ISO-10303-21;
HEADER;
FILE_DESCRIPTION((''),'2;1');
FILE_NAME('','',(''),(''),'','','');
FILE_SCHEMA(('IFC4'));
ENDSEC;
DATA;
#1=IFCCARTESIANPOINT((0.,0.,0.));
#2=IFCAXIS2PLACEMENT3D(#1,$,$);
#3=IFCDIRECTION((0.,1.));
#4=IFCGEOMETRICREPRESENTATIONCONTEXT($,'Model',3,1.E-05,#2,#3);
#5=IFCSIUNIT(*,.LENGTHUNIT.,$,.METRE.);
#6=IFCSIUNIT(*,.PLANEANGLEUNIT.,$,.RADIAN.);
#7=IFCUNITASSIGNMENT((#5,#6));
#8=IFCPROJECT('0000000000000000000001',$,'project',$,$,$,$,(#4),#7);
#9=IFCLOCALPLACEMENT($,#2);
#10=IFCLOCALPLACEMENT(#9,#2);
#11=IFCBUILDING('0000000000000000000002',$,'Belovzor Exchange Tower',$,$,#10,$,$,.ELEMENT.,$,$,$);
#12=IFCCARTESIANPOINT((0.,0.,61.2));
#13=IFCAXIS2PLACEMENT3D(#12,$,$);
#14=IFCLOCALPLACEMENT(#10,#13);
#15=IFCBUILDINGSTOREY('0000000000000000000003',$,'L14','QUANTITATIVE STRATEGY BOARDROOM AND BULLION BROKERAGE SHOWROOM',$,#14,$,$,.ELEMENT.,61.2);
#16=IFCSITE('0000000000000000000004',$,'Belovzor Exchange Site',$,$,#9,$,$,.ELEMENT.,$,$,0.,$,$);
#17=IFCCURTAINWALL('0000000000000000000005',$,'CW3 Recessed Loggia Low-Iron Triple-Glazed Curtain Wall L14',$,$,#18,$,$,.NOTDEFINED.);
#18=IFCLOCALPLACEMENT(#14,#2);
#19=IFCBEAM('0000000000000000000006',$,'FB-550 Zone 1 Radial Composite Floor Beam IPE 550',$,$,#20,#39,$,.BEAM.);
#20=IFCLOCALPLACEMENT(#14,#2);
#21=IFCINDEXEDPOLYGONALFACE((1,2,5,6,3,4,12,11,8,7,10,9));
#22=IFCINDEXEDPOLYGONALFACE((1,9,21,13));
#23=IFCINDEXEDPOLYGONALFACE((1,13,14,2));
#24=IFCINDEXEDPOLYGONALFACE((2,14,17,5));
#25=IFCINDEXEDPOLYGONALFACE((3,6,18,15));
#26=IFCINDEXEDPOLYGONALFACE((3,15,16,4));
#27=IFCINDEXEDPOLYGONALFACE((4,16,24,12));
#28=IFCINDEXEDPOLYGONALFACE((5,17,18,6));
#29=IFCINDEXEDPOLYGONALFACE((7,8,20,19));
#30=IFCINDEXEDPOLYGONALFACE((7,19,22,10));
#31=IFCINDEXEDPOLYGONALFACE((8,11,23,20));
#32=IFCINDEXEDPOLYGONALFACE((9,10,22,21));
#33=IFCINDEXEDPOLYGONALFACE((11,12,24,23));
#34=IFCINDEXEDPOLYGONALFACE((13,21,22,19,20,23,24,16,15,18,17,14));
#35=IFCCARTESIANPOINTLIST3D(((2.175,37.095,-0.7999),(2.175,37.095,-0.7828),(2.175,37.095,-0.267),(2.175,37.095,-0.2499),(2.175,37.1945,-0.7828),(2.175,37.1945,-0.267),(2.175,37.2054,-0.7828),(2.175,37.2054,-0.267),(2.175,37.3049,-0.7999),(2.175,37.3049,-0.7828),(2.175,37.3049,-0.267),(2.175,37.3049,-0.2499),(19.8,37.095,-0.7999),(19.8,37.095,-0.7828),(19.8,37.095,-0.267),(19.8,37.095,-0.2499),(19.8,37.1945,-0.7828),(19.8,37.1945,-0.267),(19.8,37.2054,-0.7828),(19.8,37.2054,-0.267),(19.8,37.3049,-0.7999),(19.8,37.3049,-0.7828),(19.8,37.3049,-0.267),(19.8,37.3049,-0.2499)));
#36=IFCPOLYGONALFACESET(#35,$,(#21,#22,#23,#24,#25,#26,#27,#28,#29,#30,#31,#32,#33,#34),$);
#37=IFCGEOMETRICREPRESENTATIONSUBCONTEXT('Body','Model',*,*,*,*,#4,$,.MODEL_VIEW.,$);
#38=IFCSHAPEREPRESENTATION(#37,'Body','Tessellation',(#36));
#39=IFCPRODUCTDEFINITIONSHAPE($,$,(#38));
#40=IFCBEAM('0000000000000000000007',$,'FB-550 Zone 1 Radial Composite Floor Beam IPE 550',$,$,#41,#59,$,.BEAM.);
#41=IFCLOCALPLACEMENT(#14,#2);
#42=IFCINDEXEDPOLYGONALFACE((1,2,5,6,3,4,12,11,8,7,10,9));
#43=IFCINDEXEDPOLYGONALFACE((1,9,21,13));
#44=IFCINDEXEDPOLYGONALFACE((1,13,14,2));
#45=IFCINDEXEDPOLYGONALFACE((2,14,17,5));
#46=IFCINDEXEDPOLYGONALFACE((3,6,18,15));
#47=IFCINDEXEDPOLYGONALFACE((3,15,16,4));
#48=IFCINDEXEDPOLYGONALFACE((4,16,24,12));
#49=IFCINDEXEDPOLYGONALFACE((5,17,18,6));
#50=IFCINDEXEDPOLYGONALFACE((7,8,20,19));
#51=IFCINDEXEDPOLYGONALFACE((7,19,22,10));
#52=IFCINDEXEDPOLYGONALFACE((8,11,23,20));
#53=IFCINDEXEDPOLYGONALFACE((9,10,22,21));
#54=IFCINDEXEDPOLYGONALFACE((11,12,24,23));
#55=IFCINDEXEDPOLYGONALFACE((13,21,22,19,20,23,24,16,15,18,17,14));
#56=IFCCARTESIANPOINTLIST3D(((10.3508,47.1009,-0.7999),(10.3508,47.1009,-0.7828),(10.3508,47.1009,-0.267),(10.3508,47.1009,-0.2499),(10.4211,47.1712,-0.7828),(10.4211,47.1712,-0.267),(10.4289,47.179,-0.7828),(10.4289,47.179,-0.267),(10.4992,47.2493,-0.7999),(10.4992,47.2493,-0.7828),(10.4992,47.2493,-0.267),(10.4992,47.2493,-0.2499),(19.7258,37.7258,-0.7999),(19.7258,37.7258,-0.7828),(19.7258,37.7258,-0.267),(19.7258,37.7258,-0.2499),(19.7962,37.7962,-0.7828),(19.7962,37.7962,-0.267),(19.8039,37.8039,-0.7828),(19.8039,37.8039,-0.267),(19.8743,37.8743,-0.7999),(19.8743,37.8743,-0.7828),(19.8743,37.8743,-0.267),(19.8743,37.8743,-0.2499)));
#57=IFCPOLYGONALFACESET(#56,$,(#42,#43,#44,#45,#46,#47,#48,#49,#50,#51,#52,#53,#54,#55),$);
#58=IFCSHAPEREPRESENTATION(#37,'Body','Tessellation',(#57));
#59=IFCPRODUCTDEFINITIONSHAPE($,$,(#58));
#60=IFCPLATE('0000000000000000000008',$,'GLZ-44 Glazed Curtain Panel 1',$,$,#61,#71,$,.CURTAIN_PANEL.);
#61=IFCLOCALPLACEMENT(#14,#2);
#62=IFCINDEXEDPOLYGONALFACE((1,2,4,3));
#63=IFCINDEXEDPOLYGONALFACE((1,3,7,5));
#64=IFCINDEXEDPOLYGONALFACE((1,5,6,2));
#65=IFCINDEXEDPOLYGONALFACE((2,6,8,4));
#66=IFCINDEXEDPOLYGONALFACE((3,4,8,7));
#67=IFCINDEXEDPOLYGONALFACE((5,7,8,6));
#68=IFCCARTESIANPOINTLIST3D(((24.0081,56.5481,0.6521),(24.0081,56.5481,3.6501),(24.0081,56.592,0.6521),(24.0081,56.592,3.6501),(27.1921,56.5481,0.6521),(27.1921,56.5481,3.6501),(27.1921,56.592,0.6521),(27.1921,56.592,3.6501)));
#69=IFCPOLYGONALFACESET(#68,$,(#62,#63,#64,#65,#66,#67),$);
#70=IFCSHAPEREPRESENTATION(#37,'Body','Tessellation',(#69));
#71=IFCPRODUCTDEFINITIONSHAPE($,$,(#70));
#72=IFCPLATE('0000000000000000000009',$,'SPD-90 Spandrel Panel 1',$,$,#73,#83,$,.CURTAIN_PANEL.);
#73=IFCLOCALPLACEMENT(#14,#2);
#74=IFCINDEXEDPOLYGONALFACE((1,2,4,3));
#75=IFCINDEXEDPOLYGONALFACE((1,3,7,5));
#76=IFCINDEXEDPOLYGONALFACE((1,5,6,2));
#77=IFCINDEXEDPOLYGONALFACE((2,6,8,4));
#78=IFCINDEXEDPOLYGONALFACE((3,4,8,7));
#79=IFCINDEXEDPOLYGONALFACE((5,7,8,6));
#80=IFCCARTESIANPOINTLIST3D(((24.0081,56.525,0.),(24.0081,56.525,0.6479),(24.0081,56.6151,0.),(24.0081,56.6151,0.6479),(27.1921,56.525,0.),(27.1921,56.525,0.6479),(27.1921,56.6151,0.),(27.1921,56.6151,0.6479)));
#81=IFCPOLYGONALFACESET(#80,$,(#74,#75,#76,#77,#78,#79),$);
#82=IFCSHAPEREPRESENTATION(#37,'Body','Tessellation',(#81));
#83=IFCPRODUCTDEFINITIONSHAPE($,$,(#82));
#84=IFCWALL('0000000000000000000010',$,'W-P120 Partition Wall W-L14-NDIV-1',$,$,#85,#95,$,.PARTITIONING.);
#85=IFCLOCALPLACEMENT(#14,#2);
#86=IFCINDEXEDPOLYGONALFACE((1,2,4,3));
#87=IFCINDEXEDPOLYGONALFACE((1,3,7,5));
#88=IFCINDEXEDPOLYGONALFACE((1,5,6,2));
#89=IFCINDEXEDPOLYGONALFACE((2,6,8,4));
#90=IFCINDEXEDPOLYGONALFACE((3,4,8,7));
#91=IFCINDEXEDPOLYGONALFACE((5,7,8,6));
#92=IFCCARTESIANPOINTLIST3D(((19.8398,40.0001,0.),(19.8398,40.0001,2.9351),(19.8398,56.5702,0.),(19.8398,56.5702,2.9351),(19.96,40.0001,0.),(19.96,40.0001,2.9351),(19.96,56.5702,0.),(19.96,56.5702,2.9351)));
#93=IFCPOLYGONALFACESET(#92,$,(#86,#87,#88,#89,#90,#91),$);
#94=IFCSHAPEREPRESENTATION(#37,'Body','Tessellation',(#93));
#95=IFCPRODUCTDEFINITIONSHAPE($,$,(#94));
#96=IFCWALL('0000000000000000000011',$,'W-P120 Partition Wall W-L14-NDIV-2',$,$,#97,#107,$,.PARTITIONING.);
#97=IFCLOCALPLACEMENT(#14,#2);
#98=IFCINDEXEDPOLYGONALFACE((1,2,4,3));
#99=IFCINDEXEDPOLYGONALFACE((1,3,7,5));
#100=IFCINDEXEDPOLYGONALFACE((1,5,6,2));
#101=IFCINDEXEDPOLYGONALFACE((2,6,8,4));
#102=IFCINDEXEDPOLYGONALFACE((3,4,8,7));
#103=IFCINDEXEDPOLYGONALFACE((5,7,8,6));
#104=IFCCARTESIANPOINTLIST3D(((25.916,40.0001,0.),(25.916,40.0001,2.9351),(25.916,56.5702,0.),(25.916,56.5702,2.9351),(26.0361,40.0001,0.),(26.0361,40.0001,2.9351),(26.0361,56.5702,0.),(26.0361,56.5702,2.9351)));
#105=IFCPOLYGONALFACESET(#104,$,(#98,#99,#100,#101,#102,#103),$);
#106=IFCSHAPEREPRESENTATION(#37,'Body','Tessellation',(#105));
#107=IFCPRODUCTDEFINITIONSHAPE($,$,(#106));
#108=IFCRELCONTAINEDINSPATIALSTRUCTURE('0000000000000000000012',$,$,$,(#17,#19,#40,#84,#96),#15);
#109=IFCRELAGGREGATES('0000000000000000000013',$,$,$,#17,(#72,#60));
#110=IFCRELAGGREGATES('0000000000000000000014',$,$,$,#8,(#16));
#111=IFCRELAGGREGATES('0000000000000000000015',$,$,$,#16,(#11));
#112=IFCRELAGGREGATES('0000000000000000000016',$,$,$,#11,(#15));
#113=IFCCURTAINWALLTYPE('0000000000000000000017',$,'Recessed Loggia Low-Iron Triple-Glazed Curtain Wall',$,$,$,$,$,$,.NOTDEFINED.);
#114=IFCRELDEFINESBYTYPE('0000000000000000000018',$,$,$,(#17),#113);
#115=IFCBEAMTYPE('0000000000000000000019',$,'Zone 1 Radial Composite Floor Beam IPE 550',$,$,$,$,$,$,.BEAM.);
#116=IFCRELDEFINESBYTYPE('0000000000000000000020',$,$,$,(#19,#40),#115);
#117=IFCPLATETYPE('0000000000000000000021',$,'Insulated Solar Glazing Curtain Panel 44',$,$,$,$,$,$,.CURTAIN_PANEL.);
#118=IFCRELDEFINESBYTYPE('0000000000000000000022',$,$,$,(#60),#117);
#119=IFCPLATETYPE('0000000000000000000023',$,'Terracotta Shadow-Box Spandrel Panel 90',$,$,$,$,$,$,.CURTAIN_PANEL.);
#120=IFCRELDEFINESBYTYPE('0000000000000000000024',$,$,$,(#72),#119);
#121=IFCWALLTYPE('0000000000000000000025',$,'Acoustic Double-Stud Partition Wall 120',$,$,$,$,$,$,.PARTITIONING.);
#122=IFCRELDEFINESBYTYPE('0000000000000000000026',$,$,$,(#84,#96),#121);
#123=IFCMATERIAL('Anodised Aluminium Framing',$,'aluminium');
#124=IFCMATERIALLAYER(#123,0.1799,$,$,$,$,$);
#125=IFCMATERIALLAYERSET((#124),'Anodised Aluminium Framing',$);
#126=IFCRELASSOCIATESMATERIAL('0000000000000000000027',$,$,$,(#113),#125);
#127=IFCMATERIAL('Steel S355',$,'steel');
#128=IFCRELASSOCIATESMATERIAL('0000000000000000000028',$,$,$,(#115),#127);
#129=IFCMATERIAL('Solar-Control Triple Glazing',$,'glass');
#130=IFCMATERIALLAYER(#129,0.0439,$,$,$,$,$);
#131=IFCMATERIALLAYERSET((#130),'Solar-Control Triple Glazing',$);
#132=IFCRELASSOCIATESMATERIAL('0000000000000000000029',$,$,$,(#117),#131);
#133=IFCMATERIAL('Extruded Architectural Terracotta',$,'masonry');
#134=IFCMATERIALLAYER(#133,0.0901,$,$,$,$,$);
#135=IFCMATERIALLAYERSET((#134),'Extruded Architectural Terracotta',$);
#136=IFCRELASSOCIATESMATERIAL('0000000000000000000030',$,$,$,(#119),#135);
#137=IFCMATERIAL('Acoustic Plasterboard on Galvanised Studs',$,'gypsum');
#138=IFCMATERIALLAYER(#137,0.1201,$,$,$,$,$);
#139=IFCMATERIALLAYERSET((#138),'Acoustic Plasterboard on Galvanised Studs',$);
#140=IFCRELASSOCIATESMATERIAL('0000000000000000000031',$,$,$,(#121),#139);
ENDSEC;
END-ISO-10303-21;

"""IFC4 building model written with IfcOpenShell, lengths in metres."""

from ifc_helpers import new_model, si_unit, direction, frame, frame_2d, origin, origin_2d, place, context, subcontext, project, spatial, rectangle, i_section, extrude, material, layer, layer_set, material_profile, profile_set, type_object, element, aggregate, save


model = new_model("IFC4")

# Units and contexts
model_context = context("Model", 3, precision=1e-05, world=origin(), true_north=direction((0.0, 1.0)))
body_context = subcontext(model_context, "Body", "Model", "MODEL_VIEW")
ifc_project = project(units=[si_unit("LENGTHUNIT", "METRE"), si_unit("PLANEANGLEUNIT", "RADIAN")], contexts=[model_context])

# Site, building, storey
site_placement = place(None, origin())
site = spatial("IfcSite", under=ifc_project, at=site_placement, Name="Belovzor Exchange Site", CompositionType="ELEMENT", RefElevation=0.0)
building_placement = place(site_placement, origin())
building = spatial("IfcBuilding", under=site, at=building_placement, Name="Belovzor Exchange Tower", CompositionType="ELEMENT")
storey_placement = place(building_placement, frame((0.0, 0.0, 61.2)))
storey = spatial("IfcBuildingStorey", under=building, at=storey_placement, Name="L14", Description="QUANTITATIVE STRATEGY BOARDROOM AND BULLION BROKERAGE SHOWROOM", CompositionType="ELEMENT", Elevation=61.2)

# Curtain wall
ifc_material_1 = material(Name="Anodised Aluminium Framing", Category="aluminium")
ifc_layer_1 = layer(ifc_material_1, 0.1799)
ifc_layer_set_1 = layer_set([ifc_layer_1], Name="Anodised Aluminium Framing")
curtain_wall_type = type_object("IfcCurtainWallType", Name="Recessed Loggia Low-Iron Triple-Glazed Curtain Wall", PredefinedType="NOTDEFINED", material=ifc_layer_set_1)
curtain_wall_placement = place(storey_placement, origin())
curtain_wall = element("IfcCurtainWall", 1, at=curtain_wall_placement, inside=storey, type_object=curtain_wall_type, Name="CW3 Recessed Loggia Low-Iron Triple-Glazed Curtain Wall L14", PredefinedType="NOTDEFINED")

# Beams
ifc_material_2 = material(Name="Steel S355", Category="steel")
ifc_material_profile_1 = material_profile(ifc_material_2, i_section(OverallWidth=0.21, OverallDepth=0.55, WebThickness=0.011, FlangeThickness=0.0171, at=origin_2d()))
ifc_profile_set_1 = profile_set([ifc_material_profile_1], Name="Steel S355")
beam_type_1 = type_object("IfcBeamType", Name="Zone 1 Radial Composite Floor Beam IPE 550", PredefinedType="BEAM", material=ifc_profile_set_1)
for number, where, z_axis, x_axis, name in (
    (2, (19.8, 37.2, -0.5249), (-1.0, 0.0, 0.0), (0.0, -1.0, 0.0), "FB-550 Zone 1 Radial Composite Floor Beam IPE 550"),
):
    element("IfcBeam", number, at=place(storey_placement, frame(where, z_axis=z_axis, x_axis=x_axis)), inside=storey, type_object=beam_type_1, Name=name, PredefinedType="BEAM", context=body_context, shape_type="SweptSolid", body=[
        extrude(i_section(OverallWidth=0.21, OverallDepth=0.55, WebThickness=0.011, FlangeThickness=0.0171, at=origin_2d()), origin(), (0.0, 0.0, 1.0), 17.625),
    ])
beam_1_placement = place(storey_placement, frame((19.8, 37.8, -0.5249), z_axis=(-0.707107, 0.707107, 0.0), x_axis=(-0.707107, -0.707107, 0.0)))
element("IfcBeam", 3, at=beam_1_placement, inside=storey, type_object=beam_type_1, Name="FB-550 Zone 1 Radial Composite Floor Beam IPE 550", PredefinedType="BEAM", context=body_context, shape_type="SweptSolid", body=[
    extrude(i_section(OverallWidth=0.21, OverallDepth=0.55, WebThickness=0.011, FlangeThickness=0.0171, at=origin_2d()), origin(), (0.0, 0.0, 1.0), 13.2583),
])

# Plates
ifc_material_3 = material(Name="Solar-Control Triple Glazing", Category="glass")
ifc_layer_2 = layer(ifc_material_3, 0.0439)
ifc_layer_set_2 = layer_set([ifc_layer_2], Name="Solar-Control Triple Glazing")
plate_type_1 = type_object("IfcPlateType", Name="Insulated Solar Glazing Curtain Panel 44", PredefinedType="CURTAIN_PANEL", material=ifc_layer_set_2)
plate_1_placement = place(storey_placement, frame((25.6001, 56.5701, 0.6521), z_axis=(0.0, 0.0, 1.0), x_axis=(1.0, 0.0, 0.0)))
plate_1 = element("IfcPlate", 4, at=plate_1_placement, type_object=plate_type_1, Name="GLZ-44 Glazed Curtain Panel 1", PredefinedType="CURTAIN_PANEL", context=body_context, shape_type="SweptSolid", body=[
    extrude(rectangle(XDim=3.1841, YDim=0.0439, at=origin_2d()), origin(), (0.0, 0.0, 1.0), 2.998),
])
ifc_material_4 = material(Name="Extruded Architectural Terracotta", Category="masonry")
ifc_layer_3 = layer(ifc_material_4, 0.0901)
ifc_layer_set_3 = layer_set([ifc_layer_3], Name="Extruded Architectural Terracotta")
plate_type_2 = type_object("IfcPlateType", Name="Terracotta Shadow-Box Spandrel Panel 90", PredefinedType="CURTAIN_PANEL", material=ifc_layer_set_3)
plate_2_placement = place(storey_placement, frame((25.6001, 56.5701, 0.0), z_axis=(0.0, 0.0, 1.0), x_axis=(1.0, 0.0, 0.0)))
plate_2 = element("IfcPlate", 5, at=plate_2_placement, type_object=plate_type_2, Name="SPD-90 Spandrel Panel 1", PredefinedType="CURTAIN_PANEL", context=body_context, shape_type="SweptSolid", body=[
    extrude(rectangle(XDim=3.1841, YDim=0.0901, at=origin_2d()), origin(), (0.0, 0.0, 1.0), 0.6479),
])
aggregate(curtain_wall, [plate_2, plate_1])

# Walls
ifc_material_5 = material(Name="Acoustic Plasterboard on Galvanised Studs", Category="gypsum")
ifc_layer_4 = layer(ifc_material_5, 0.1201)
ifc_layer_set_4 = layer_set([ifc_layer_4], Name="Acoustic Plasterboard on Galvanised Studs")
wall_type_1 = type_object("IfcWallType", Name="Acoustic Double-Stud Partition Wall 120", PredefinedType="PARTITIONING", material=ifc_layer_set_4)
for number, where, z_axis, x_axis, name in (
    (6, (19.8999, 40.0, 0.0), (0.0, 0.0, 1.0), (0.0, 1.0, 0.0), "W-P120 Partition Wall W-L14-NDIV-1"),
    (7, (25.9761, 40.0, 0.0), (0.0, 0.0, 1.0), (0.0, 1.0, 0.0), "W-P120 Partition Wall W-L14-NDIV-2"),
):
    element("IfcWall", number, at=place(storey_placement, frame(where, z_axis=z_axis, x_axis=x_axis)), inside=storey, type_object=wall_type_1, Name=name, PredefinedType="PARTITIONING", context=body_context, shape_type="SweptSolid", body=[
        extrude(rectangle(XDim=16.5701, YDim=0.1201, at=frame_2d((8.2852, 0.0))), origin(), (0.0, 0.0, 1.0), 2.9351),
    ])

save(model, "model.ifc")
